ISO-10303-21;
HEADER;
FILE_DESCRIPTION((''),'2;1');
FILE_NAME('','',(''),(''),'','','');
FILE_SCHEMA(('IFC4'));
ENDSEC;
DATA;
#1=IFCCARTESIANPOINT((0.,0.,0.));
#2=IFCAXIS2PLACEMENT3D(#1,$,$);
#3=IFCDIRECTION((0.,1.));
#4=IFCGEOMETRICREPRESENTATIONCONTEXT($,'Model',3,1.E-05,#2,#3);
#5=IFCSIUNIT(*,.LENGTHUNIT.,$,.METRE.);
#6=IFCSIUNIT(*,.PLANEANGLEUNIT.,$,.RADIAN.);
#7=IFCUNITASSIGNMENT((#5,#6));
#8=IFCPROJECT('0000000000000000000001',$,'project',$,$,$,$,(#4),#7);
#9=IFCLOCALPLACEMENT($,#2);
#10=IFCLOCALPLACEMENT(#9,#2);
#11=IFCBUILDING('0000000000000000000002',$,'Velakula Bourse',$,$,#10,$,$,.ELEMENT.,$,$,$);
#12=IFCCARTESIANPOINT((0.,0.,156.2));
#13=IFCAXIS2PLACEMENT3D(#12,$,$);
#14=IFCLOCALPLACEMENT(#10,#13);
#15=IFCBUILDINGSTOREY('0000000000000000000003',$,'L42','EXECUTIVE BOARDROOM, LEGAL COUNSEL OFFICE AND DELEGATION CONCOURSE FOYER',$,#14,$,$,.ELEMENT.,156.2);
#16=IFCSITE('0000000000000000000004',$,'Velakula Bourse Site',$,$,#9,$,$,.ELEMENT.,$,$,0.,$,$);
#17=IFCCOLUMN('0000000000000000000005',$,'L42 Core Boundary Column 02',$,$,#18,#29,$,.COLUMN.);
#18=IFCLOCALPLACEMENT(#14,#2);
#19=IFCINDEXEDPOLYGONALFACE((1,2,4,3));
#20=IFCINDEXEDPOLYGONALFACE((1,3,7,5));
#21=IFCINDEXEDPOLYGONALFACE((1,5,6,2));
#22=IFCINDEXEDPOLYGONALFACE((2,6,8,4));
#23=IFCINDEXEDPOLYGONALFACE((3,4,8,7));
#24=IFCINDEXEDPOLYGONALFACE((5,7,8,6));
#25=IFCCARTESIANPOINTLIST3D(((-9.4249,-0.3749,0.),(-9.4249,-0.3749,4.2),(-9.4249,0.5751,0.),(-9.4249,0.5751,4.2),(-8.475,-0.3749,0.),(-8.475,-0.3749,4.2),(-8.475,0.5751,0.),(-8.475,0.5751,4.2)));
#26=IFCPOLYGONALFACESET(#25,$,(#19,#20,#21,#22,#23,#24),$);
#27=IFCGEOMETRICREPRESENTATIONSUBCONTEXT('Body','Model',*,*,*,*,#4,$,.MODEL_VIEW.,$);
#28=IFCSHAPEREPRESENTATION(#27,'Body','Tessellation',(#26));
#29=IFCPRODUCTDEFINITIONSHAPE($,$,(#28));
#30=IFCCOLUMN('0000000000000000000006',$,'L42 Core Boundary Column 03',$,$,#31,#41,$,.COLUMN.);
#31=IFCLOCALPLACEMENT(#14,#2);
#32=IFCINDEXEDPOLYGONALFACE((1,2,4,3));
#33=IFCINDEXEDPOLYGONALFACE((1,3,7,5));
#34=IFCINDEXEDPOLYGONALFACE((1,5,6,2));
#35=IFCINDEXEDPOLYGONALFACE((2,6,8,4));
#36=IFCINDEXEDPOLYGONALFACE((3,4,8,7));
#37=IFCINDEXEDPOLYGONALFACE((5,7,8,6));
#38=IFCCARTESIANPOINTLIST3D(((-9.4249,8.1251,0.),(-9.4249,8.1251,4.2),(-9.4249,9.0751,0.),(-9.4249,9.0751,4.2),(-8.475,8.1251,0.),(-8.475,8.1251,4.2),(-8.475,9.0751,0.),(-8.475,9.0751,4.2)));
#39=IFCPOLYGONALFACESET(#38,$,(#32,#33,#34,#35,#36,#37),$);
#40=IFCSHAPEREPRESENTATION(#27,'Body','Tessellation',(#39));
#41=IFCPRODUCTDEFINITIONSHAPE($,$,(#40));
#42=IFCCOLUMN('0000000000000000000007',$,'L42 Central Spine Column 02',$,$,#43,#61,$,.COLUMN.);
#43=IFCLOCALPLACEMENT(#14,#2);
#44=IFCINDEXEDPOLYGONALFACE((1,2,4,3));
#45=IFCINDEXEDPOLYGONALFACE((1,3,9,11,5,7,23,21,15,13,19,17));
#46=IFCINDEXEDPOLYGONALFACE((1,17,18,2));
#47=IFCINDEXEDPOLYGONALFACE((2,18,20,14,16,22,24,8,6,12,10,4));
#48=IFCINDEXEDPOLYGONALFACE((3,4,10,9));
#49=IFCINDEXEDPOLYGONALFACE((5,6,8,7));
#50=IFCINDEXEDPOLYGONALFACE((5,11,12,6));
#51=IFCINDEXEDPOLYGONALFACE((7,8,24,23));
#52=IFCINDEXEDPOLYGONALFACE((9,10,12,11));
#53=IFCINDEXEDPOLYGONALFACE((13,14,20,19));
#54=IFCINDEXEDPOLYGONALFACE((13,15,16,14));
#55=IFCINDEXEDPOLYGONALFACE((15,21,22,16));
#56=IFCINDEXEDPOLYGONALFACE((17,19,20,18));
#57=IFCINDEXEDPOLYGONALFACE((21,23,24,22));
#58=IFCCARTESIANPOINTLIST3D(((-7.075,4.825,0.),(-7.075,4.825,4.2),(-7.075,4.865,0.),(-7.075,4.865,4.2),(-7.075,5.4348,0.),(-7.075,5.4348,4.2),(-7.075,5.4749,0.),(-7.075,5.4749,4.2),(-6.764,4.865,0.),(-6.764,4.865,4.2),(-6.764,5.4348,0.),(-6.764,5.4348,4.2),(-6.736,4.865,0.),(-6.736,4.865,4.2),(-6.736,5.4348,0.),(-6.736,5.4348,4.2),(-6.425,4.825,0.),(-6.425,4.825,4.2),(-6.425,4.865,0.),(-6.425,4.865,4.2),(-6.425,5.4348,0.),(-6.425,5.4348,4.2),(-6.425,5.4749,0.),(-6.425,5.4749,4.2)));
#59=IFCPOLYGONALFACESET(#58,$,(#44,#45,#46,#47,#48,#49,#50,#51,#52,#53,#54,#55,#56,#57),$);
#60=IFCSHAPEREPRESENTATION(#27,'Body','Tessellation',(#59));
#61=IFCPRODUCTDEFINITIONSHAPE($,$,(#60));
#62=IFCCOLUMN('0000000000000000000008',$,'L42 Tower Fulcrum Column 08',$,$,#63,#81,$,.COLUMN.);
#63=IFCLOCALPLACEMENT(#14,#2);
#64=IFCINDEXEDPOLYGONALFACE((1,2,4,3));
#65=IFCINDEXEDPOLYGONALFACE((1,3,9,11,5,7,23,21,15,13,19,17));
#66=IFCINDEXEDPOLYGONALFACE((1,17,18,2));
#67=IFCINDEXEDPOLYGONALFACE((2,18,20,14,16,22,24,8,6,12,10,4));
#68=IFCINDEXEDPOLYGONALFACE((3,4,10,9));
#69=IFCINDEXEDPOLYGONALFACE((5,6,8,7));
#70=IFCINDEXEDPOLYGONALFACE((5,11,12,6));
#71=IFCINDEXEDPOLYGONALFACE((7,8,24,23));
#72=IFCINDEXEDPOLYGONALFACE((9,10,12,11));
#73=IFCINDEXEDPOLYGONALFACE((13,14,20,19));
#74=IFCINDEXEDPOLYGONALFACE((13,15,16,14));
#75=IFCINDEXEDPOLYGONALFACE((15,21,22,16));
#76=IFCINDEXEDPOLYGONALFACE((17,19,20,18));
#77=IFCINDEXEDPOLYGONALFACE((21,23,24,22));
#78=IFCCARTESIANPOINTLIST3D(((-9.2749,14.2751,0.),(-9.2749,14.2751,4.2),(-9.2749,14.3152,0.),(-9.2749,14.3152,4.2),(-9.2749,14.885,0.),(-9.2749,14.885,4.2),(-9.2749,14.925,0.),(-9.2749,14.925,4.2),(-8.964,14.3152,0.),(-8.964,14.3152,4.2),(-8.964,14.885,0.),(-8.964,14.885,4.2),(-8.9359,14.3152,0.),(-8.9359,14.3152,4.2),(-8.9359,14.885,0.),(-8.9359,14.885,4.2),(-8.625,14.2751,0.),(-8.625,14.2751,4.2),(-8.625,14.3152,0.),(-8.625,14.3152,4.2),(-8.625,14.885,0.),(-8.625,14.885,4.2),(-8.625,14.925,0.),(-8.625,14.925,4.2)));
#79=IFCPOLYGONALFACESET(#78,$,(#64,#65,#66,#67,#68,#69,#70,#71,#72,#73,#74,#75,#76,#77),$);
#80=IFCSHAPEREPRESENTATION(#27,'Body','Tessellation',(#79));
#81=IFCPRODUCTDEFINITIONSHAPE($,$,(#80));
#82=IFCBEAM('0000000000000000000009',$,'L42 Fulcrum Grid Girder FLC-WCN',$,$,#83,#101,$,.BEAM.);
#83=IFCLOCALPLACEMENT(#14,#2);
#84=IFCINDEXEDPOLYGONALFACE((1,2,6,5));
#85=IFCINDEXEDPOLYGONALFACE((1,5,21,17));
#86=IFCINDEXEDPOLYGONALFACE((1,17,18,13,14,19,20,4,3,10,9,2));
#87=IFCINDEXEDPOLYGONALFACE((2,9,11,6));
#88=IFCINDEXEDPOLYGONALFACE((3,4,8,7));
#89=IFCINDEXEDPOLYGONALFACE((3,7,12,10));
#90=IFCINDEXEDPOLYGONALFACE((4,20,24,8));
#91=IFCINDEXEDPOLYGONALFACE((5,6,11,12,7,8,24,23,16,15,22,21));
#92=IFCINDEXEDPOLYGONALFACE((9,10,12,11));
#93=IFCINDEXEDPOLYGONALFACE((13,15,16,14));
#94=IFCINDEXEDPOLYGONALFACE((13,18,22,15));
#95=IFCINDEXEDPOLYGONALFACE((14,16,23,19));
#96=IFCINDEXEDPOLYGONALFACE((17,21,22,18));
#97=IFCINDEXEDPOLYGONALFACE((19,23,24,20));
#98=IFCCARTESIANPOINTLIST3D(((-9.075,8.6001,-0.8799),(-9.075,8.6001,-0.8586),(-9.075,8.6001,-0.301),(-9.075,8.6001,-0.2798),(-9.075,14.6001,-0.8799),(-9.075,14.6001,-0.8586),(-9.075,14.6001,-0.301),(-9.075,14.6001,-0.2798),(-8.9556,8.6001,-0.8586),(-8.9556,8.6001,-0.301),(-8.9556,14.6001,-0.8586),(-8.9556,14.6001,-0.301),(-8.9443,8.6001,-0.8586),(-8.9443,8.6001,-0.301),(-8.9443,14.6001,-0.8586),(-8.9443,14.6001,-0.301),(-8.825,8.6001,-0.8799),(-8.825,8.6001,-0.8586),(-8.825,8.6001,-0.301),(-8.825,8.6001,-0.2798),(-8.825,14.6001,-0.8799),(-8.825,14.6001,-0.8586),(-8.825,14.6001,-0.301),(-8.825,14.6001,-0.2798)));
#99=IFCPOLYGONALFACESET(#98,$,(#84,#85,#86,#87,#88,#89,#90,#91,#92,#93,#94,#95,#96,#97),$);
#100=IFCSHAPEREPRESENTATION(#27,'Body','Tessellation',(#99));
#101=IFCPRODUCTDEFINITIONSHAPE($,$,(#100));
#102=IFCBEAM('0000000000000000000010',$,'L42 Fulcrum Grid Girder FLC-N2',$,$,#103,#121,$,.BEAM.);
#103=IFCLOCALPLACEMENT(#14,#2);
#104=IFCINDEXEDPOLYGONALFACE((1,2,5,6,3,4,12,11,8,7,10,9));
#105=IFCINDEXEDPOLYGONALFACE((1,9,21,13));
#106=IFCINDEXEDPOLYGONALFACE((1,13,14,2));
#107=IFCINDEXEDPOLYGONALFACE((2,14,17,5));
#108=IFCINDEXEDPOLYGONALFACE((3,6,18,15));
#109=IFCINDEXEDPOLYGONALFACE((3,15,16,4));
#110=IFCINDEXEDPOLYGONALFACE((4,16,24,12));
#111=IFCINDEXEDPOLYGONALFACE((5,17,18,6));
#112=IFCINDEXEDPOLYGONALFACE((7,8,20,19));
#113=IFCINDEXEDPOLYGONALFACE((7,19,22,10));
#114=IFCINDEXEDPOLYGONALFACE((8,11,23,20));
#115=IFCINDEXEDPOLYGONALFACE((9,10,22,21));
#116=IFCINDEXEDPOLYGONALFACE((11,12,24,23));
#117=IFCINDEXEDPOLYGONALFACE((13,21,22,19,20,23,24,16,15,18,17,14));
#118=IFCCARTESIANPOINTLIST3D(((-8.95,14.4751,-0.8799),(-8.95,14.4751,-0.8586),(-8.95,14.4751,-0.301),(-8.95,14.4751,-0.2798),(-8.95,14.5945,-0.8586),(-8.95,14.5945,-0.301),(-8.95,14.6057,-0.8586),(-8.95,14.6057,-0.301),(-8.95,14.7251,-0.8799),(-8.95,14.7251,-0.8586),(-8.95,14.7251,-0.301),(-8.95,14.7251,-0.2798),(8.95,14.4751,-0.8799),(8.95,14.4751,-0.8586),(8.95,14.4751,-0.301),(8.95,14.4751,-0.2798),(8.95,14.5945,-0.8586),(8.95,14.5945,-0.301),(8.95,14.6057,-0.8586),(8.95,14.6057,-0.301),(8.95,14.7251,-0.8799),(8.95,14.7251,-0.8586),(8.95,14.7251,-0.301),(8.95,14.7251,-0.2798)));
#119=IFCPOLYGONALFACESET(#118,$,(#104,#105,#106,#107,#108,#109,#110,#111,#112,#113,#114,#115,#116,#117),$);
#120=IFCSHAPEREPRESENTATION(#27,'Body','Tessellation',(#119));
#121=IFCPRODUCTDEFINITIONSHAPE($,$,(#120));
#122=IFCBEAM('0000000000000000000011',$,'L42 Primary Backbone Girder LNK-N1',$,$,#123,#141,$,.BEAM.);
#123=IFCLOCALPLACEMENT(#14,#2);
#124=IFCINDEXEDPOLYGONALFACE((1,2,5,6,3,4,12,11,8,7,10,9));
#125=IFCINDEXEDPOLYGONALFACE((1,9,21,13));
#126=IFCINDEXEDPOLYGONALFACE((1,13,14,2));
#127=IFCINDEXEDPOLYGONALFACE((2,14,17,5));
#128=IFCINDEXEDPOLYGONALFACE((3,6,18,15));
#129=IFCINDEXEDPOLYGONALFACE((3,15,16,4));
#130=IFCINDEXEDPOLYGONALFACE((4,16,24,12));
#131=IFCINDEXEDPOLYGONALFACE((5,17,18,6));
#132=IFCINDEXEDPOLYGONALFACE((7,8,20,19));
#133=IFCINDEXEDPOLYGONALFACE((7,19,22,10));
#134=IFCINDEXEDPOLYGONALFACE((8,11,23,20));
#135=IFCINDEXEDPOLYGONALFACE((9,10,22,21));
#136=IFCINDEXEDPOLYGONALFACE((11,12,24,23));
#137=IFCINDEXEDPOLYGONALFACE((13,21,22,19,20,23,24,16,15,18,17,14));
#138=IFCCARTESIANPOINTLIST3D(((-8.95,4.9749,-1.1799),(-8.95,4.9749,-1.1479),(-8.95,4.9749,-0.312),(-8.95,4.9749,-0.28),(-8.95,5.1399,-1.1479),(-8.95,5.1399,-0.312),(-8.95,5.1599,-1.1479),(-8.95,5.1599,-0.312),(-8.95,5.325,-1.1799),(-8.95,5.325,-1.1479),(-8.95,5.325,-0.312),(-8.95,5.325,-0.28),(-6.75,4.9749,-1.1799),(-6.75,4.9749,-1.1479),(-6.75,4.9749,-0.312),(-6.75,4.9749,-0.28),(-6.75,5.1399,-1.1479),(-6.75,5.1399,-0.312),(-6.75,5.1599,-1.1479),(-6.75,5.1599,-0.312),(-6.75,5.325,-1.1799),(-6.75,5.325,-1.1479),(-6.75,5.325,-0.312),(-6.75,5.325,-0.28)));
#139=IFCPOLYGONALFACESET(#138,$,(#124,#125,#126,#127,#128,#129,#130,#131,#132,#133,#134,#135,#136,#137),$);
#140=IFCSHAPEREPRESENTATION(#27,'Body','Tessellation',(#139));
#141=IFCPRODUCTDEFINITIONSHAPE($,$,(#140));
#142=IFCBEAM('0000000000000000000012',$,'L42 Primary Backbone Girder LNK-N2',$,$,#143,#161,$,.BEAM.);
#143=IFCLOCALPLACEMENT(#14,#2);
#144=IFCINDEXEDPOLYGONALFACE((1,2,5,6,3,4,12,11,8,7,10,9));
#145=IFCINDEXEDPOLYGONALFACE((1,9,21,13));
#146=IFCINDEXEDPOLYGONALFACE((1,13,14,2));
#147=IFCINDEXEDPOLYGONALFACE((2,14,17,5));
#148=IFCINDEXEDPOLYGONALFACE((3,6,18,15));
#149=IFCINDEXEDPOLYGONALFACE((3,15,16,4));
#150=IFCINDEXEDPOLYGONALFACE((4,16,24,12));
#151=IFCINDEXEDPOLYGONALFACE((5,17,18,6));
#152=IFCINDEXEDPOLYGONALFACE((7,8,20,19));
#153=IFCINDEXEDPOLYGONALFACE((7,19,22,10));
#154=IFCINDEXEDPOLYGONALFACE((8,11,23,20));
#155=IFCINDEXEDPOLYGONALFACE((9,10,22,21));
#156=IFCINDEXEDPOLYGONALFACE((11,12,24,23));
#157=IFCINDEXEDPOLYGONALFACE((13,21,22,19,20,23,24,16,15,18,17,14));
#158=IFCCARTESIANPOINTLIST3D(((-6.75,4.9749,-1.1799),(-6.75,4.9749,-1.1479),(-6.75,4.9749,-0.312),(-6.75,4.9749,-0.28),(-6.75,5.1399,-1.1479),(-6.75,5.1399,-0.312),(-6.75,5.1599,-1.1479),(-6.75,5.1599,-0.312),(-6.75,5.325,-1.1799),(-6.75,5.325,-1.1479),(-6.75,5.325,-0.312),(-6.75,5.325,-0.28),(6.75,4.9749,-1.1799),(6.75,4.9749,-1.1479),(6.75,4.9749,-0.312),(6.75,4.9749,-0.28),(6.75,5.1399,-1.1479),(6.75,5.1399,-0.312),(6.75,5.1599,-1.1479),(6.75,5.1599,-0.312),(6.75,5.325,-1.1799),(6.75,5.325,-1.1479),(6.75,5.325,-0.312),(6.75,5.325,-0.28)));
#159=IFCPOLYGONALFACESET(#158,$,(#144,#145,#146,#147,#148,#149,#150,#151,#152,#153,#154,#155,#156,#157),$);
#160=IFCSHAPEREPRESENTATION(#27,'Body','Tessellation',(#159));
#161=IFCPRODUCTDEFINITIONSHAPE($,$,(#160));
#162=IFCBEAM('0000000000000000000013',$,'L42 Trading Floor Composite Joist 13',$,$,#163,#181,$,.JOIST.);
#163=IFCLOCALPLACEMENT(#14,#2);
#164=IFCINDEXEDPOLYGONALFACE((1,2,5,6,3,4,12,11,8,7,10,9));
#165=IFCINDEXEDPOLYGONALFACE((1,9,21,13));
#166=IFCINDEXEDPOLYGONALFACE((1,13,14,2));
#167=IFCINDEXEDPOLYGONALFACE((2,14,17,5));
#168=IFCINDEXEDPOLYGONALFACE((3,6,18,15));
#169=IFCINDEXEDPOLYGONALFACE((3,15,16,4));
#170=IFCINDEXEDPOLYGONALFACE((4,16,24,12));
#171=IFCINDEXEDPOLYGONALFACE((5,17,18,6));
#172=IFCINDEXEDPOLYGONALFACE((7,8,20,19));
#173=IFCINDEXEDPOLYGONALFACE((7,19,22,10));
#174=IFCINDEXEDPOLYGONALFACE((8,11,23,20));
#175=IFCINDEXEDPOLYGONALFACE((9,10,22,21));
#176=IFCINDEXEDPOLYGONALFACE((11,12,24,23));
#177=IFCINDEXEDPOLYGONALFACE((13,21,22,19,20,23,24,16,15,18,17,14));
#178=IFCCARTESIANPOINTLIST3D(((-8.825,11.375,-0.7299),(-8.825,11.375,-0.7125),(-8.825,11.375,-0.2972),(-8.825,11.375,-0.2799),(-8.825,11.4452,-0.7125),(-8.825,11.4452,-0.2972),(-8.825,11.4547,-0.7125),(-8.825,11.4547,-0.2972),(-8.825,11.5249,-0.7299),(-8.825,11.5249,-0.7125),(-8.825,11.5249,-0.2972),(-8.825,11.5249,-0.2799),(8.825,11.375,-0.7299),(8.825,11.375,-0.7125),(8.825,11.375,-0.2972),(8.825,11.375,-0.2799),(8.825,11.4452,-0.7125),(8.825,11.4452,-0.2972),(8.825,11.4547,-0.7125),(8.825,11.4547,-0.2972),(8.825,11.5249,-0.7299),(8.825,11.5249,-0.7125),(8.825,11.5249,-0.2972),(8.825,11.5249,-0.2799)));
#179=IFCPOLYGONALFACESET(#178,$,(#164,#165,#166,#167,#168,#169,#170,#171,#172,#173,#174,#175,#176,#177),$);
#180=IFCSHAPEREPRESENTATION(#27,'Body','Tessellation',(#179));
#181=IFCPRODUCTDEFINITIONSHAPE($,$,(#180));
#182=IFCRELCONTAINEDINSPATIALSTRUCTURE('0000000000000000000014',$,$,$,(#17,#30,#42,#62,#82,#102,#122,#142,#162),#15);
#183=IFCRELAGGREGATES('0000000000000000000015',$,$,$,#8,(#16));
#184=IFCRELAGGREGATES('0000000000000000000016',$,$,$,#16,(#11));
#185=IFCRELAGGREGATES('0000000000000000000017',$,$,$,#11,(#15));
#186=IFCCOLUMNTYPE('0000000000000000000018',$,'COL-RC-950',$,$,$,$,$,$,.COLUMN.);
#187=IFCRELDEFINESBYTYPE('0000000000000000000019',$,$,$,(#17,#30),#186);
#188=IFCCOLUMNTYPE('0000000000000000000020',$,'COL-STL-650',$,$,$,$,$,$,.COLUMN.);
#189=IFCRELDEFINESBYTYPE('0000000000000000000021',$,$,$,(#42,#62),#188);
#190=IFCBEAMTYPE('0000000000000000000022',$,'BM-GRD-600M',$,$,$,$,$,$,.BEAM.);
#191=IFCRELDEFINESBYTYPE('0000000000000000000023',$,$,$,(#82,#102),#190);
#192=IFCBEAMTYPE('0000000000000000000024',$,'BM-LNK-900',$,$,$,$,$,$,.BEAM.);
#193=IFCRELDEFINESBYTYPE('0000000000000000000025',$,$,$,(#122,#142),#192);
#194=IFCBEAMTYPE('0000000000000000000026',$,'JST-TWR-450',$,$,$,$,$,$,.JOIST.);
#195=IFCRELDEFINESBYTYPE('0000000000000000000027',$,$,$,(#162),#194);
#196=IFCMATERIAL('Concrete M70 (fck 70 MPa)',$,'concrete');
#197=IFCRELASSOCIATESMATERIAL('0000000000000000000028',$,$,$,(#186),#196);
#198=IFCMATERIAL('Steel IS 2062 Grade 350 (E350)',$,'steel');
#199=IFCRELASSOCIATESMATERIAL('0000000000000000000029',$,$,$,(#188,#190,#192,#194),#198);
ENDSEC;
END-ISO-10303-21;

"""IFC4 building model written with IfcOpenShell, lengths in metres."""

from ifc_helpers import new_model, si_unit, direction, frame, origin, origin_2d, place, context, subcontext, project, spatial, rectangle, i_section, extrude, material, material_profile, profile_set, type_object, element, save


model = new_model("IFC4")

# Units and contexts
model_context = context("Model", 3, precision=1e-05, world=origin(), true_north=direction((0.0, 1.0)))
body_context = subcontext(model_context, "Body", "Model", "MODEL_VIEW")
ifc_project = project(units=[si_unit("LENGTHUNIT", "METRE"), si_unit("PLANEANGLEUNIT", "RADIAN")], contexts=[model_context])

# Site, building, storey
site_placement = place(None, origin())
site = spatial("IfcSite", under=ifc_project, at=site_placement, Name="Velakula Bourse Site", CompositionType="ELEMENT", RefElevation=0.0)
building_placement = place(site_placement, origin())
building = spatial("IfcBuilding", under=site, at=building_placement, Name="Velakula Bourse", CompositionType="ELEMENT")
storey_placement = place(building_placement, frame((0.0, 0.0, 156.2)))
storey = spatial("IfcBuildingStorey", under=building, at=storey_placement, Name="L42", Description="EXECUTIVE BOARDROOM, LEGAL COUNSEL OFFICE AND DELEGATION CONCOURSE FOYER", CompositionType="ELEMENT", Elevation=156.2)

# Columns
ifc_material_1 = material(Name="Concrete M70 (fck 70 MPa)", Category="concrete")
ifc_material_profile_1 = material_profile(ifc_material_1, rectangle(XDim=0.95, YDim=0.95, at=origin_2d()), Name="Concrete M70 (fck 70 MPa)")
ifc_profile_set_1 = profile_set([ifc_material_profile_1], Name="Concrete M70 (fck 70 MPa)")
column_type_1 = type_object("IfcColumnType", Name="COL-RC-950", PredefinedType="COLUMN", material=ifc_profile_set_1)
for number, where, z_axis, x_axis, name in (
    (1, (-8.95, 0.1001, 0.0), (0.0, 0.0, 1.0), (1.0, 0.0, 0.0), "L42 Core Boundary Column 02"),
    (2, (-8.95, 8.6001, 0.0), (0.0, 0.0, 1.0), (1.0, 0.0, 0.0), "L42 Core Boundary Column 03"),
):
    element("IfcColumn", number, at=place(storey_placement, frame(where, z_axis=z_axis, x_axis=x_axis)), inside=storey, type_object=column_type_1, Name=name, PredefinedType="COLUMN", context=body_context, shape_type="SweptSolid", body=[
        extrude(rectangle(XDim=0.95, YDim=0.95, at=origin_2d()), origin(), (0.0, 0.0, 1.0), 4.2),
    ])
ifc_material_2 = material(Name="Steel IS 2062 Grade 350 (E350)", Category="steel")
ifc_material_profile_2 = material_profile(ifc_material_2, i_section(OverallWidth=0.6499, OverallDepth=0.6499, WebThickness=0.0281, FlangeThickness=0.04, at=origin_2d()), Name="Steel IS 2062 Grade 350 (E350)")
ifc_profile_set_2 = profile_set([ifc_material_profile_2], Name="Steel IS 2062 Grade 350 (E350)")
column_type_2 = type_object("IfcColumnType", Name="COL-STL-650", PredefinedType="COLUMN", material=ifc_profile_set_2)
for number, where, z_axis, x_axis, name in (
    (3, (-6.75, 5.1499, 0.0), (0.0, 0.0, 1.0), (1.0, 0.0, 0.0), "L42 Central Spine Column 02"),
    (4, (-8.95, 14.6001, 0.0), (0.0, 0.0, 1.0), (1.0, 0.0, 0.0), "L42 Tower Fulcrum Column 08"),
):
    element("IfcColumn", number, at=place(storey_placement, frame(where, z_axis=z_axis, x_axis=x_axis)), inside=storey, type_object=column_type_2, Name=name, PredefinedType="COLUMN", context=body_context, shape_type="SweptSolid", body=[
        extrude(i_section(OverallWidth=0.6499, OverallDepth=0.6499, WebThickness=0.0281, FlangeThickness=0.04, at=origin_2d()), origin(), (0.0, 0.0, 1.0), 4.2),
    ])

# Beams
ifc_material_profile_3 = material_profile(ifc_material_2, i_section(OverallWidth=0.25, OverallDepth=0.6001, WebThickness=0.0112, FlangeThickness=0.0212, at=origin_2d()), Name="Steel IS 2062 Grade 350 (E350)")
ifc_profile_set_3 = profile_set([ifc_material_profile_3], Name="Steel IS 2062 Grade 350 (E350)")
beam_type_1 = type_object("IfcBeamType", Name="BM-GRD-600M", PredefinedType="BEAM", material=ifc_profile_set_3)
beam_1_placement = place(storey_placement, frame((-8.95, 8.6001, -0.5798), z_axis=(0.0, 1.0, 0.0), x_axis=(-1.0, 0.0, 0.0)))
element("IfcBeam", 5, at=beam_1_placement, inside=storey, type_object=beam_type_1, Name="L42 Fulcrum Grid Girder FLC-WCN", PredefinedType="BEAM", context=body_context, shape_type="SweptSolid", body=[
    extrude(i_section(OverallWidth=0.25, OverallDepth=0.6001, WebThickness=0.0112, FlangeThickness=0.0212, at=origin_2d()), origin(), (0.0, 0.0, 1.0), 6.0),
])
beam_2_placement = place(storey_placement, frame((-8.95, 14.6001, -0.5798), z_axis=(1.0, 0.0, 0.0), x_axis=(0.0, 1.0, 0.0)))
element("IfcBeam", 6, at=beam_2_placement, inside=storey, type_object=beam_type_1, Name="L42 Fulcrum Grid Girder FLC-N2", PredefinedType="BEAM", context=body_context, shape_type="SweptSolid", body=[
    extrude(i_section(OverallWidth=0.25, OverallDepth=0.6001, WebThickness=0.0112, FlangeThickness=0.0212, at=origin_2d()), origin(), (0.0, 0.0, 1.0), 17.8999),
])
ifc_material_profile_4 = material_profile(ifc_material_2, i_section(OverallWidth=0.3501, OverallDepth=0.8999, WebThickness=0.02, FlangeThickness=0.032, at=origin_2d()), Name="Steel IS 2062 Grade 350 (E350)")
ifc_profile_set_4 = profile_set([ifc_material_profile_4], Name="Steel IS 2062 Grade 350 (E350)")
beam_type_2 = type_object("IfcBeamType", Name="BM-LNK-900", PredefinedType="BEAM", material=ifc_profile_set_4)
beam_3_placement = place(storey_placement, frame((-8.95, 5.1499, -0.73), z_axis=(1.0, 0.0, 0.0), x_axis=(0.0, 1.0, 0.0)))
element("IfcBeam", 7, at=beam_3_placement, inside=storey, type_object=beam_type_2, Name="L42 Primary Backbone Girder LNK-N1", PredefinedType="BEAM", context=body_context, shape_type="SweptSolid", body=[
    extrude(i_section(OverallWidth=0.3501, OverallDepth=0.8999, WebThickness=0.02, FlangeThickness=0.032, at=origin_2d()), origin(), (0.0, 0.0, 1.0), 2.2),
])
beam_4_placement = place(storey_placement, frame((-6.75, 5.1499, -0.73), z_axis=(1.0, 0.0, 0.0), x_axis=(0.0, 1.0, 0.0)))
element("IfcBeam", 8, at=beam_4_placement, inside=storey, type_object=beam_type_2, Name="L42 Primary Backbone Girder LNK-N2", PredefinedType="BEAM", context=body_context, shape_type="SweptSolid", body=[
    extrude(i_section(OverallWidth=0.3501, OverallDepth=0.8999, WebThickness=0.02, FlangeThickness=0.032, at=origin_2d()), origin(), (0.0, 0.0, 1.0), 13.5),
])
ifc_material_profile_5 = material_profile(ifc_material_2, i_section(OverallWidth=0.1499, OverallDepth=0.45, WebThickness=0.0095, FlangeThickness=0.0173, at=origin_2d()), Name="Steel IS 2062 Grade 350 (E350)")
ifc_profile_set_5 = profile_set([ifc_material_profile_5], Name="Steel IS 2062 Grade 350 (E350)")
beam_type_3 = type_object("IfcBeamType", Name="JST-TWR-450", PredefinedType="JOIST", material=ifc_profile_set_5)
beam_5_placement = place(storey_placement, frame((-8.825, 11.45, -0.5049), z_axis=(1.0, 0.0, 0.0), x_axis=(0.0, 1.0, 0.0)))
element("IfcBeam", 9, at=beam_5_placement, inside=storey, type_object=beam_type_3, Name="L42 Trading Floor Composite Joist 13", PredefinedType="JOIST", context=body_context, shape_type="SweptSolid", body=[
    extrude(i_section(OverallWidth=0.1499, OverallDepth=0.45, WebThickness=0.0095, FlangeThickness=0.0173, at=origin_2d()), origin(), (0.0, 0.0, 1.0), 17.6499),
])

save(model, "model.ifc")
